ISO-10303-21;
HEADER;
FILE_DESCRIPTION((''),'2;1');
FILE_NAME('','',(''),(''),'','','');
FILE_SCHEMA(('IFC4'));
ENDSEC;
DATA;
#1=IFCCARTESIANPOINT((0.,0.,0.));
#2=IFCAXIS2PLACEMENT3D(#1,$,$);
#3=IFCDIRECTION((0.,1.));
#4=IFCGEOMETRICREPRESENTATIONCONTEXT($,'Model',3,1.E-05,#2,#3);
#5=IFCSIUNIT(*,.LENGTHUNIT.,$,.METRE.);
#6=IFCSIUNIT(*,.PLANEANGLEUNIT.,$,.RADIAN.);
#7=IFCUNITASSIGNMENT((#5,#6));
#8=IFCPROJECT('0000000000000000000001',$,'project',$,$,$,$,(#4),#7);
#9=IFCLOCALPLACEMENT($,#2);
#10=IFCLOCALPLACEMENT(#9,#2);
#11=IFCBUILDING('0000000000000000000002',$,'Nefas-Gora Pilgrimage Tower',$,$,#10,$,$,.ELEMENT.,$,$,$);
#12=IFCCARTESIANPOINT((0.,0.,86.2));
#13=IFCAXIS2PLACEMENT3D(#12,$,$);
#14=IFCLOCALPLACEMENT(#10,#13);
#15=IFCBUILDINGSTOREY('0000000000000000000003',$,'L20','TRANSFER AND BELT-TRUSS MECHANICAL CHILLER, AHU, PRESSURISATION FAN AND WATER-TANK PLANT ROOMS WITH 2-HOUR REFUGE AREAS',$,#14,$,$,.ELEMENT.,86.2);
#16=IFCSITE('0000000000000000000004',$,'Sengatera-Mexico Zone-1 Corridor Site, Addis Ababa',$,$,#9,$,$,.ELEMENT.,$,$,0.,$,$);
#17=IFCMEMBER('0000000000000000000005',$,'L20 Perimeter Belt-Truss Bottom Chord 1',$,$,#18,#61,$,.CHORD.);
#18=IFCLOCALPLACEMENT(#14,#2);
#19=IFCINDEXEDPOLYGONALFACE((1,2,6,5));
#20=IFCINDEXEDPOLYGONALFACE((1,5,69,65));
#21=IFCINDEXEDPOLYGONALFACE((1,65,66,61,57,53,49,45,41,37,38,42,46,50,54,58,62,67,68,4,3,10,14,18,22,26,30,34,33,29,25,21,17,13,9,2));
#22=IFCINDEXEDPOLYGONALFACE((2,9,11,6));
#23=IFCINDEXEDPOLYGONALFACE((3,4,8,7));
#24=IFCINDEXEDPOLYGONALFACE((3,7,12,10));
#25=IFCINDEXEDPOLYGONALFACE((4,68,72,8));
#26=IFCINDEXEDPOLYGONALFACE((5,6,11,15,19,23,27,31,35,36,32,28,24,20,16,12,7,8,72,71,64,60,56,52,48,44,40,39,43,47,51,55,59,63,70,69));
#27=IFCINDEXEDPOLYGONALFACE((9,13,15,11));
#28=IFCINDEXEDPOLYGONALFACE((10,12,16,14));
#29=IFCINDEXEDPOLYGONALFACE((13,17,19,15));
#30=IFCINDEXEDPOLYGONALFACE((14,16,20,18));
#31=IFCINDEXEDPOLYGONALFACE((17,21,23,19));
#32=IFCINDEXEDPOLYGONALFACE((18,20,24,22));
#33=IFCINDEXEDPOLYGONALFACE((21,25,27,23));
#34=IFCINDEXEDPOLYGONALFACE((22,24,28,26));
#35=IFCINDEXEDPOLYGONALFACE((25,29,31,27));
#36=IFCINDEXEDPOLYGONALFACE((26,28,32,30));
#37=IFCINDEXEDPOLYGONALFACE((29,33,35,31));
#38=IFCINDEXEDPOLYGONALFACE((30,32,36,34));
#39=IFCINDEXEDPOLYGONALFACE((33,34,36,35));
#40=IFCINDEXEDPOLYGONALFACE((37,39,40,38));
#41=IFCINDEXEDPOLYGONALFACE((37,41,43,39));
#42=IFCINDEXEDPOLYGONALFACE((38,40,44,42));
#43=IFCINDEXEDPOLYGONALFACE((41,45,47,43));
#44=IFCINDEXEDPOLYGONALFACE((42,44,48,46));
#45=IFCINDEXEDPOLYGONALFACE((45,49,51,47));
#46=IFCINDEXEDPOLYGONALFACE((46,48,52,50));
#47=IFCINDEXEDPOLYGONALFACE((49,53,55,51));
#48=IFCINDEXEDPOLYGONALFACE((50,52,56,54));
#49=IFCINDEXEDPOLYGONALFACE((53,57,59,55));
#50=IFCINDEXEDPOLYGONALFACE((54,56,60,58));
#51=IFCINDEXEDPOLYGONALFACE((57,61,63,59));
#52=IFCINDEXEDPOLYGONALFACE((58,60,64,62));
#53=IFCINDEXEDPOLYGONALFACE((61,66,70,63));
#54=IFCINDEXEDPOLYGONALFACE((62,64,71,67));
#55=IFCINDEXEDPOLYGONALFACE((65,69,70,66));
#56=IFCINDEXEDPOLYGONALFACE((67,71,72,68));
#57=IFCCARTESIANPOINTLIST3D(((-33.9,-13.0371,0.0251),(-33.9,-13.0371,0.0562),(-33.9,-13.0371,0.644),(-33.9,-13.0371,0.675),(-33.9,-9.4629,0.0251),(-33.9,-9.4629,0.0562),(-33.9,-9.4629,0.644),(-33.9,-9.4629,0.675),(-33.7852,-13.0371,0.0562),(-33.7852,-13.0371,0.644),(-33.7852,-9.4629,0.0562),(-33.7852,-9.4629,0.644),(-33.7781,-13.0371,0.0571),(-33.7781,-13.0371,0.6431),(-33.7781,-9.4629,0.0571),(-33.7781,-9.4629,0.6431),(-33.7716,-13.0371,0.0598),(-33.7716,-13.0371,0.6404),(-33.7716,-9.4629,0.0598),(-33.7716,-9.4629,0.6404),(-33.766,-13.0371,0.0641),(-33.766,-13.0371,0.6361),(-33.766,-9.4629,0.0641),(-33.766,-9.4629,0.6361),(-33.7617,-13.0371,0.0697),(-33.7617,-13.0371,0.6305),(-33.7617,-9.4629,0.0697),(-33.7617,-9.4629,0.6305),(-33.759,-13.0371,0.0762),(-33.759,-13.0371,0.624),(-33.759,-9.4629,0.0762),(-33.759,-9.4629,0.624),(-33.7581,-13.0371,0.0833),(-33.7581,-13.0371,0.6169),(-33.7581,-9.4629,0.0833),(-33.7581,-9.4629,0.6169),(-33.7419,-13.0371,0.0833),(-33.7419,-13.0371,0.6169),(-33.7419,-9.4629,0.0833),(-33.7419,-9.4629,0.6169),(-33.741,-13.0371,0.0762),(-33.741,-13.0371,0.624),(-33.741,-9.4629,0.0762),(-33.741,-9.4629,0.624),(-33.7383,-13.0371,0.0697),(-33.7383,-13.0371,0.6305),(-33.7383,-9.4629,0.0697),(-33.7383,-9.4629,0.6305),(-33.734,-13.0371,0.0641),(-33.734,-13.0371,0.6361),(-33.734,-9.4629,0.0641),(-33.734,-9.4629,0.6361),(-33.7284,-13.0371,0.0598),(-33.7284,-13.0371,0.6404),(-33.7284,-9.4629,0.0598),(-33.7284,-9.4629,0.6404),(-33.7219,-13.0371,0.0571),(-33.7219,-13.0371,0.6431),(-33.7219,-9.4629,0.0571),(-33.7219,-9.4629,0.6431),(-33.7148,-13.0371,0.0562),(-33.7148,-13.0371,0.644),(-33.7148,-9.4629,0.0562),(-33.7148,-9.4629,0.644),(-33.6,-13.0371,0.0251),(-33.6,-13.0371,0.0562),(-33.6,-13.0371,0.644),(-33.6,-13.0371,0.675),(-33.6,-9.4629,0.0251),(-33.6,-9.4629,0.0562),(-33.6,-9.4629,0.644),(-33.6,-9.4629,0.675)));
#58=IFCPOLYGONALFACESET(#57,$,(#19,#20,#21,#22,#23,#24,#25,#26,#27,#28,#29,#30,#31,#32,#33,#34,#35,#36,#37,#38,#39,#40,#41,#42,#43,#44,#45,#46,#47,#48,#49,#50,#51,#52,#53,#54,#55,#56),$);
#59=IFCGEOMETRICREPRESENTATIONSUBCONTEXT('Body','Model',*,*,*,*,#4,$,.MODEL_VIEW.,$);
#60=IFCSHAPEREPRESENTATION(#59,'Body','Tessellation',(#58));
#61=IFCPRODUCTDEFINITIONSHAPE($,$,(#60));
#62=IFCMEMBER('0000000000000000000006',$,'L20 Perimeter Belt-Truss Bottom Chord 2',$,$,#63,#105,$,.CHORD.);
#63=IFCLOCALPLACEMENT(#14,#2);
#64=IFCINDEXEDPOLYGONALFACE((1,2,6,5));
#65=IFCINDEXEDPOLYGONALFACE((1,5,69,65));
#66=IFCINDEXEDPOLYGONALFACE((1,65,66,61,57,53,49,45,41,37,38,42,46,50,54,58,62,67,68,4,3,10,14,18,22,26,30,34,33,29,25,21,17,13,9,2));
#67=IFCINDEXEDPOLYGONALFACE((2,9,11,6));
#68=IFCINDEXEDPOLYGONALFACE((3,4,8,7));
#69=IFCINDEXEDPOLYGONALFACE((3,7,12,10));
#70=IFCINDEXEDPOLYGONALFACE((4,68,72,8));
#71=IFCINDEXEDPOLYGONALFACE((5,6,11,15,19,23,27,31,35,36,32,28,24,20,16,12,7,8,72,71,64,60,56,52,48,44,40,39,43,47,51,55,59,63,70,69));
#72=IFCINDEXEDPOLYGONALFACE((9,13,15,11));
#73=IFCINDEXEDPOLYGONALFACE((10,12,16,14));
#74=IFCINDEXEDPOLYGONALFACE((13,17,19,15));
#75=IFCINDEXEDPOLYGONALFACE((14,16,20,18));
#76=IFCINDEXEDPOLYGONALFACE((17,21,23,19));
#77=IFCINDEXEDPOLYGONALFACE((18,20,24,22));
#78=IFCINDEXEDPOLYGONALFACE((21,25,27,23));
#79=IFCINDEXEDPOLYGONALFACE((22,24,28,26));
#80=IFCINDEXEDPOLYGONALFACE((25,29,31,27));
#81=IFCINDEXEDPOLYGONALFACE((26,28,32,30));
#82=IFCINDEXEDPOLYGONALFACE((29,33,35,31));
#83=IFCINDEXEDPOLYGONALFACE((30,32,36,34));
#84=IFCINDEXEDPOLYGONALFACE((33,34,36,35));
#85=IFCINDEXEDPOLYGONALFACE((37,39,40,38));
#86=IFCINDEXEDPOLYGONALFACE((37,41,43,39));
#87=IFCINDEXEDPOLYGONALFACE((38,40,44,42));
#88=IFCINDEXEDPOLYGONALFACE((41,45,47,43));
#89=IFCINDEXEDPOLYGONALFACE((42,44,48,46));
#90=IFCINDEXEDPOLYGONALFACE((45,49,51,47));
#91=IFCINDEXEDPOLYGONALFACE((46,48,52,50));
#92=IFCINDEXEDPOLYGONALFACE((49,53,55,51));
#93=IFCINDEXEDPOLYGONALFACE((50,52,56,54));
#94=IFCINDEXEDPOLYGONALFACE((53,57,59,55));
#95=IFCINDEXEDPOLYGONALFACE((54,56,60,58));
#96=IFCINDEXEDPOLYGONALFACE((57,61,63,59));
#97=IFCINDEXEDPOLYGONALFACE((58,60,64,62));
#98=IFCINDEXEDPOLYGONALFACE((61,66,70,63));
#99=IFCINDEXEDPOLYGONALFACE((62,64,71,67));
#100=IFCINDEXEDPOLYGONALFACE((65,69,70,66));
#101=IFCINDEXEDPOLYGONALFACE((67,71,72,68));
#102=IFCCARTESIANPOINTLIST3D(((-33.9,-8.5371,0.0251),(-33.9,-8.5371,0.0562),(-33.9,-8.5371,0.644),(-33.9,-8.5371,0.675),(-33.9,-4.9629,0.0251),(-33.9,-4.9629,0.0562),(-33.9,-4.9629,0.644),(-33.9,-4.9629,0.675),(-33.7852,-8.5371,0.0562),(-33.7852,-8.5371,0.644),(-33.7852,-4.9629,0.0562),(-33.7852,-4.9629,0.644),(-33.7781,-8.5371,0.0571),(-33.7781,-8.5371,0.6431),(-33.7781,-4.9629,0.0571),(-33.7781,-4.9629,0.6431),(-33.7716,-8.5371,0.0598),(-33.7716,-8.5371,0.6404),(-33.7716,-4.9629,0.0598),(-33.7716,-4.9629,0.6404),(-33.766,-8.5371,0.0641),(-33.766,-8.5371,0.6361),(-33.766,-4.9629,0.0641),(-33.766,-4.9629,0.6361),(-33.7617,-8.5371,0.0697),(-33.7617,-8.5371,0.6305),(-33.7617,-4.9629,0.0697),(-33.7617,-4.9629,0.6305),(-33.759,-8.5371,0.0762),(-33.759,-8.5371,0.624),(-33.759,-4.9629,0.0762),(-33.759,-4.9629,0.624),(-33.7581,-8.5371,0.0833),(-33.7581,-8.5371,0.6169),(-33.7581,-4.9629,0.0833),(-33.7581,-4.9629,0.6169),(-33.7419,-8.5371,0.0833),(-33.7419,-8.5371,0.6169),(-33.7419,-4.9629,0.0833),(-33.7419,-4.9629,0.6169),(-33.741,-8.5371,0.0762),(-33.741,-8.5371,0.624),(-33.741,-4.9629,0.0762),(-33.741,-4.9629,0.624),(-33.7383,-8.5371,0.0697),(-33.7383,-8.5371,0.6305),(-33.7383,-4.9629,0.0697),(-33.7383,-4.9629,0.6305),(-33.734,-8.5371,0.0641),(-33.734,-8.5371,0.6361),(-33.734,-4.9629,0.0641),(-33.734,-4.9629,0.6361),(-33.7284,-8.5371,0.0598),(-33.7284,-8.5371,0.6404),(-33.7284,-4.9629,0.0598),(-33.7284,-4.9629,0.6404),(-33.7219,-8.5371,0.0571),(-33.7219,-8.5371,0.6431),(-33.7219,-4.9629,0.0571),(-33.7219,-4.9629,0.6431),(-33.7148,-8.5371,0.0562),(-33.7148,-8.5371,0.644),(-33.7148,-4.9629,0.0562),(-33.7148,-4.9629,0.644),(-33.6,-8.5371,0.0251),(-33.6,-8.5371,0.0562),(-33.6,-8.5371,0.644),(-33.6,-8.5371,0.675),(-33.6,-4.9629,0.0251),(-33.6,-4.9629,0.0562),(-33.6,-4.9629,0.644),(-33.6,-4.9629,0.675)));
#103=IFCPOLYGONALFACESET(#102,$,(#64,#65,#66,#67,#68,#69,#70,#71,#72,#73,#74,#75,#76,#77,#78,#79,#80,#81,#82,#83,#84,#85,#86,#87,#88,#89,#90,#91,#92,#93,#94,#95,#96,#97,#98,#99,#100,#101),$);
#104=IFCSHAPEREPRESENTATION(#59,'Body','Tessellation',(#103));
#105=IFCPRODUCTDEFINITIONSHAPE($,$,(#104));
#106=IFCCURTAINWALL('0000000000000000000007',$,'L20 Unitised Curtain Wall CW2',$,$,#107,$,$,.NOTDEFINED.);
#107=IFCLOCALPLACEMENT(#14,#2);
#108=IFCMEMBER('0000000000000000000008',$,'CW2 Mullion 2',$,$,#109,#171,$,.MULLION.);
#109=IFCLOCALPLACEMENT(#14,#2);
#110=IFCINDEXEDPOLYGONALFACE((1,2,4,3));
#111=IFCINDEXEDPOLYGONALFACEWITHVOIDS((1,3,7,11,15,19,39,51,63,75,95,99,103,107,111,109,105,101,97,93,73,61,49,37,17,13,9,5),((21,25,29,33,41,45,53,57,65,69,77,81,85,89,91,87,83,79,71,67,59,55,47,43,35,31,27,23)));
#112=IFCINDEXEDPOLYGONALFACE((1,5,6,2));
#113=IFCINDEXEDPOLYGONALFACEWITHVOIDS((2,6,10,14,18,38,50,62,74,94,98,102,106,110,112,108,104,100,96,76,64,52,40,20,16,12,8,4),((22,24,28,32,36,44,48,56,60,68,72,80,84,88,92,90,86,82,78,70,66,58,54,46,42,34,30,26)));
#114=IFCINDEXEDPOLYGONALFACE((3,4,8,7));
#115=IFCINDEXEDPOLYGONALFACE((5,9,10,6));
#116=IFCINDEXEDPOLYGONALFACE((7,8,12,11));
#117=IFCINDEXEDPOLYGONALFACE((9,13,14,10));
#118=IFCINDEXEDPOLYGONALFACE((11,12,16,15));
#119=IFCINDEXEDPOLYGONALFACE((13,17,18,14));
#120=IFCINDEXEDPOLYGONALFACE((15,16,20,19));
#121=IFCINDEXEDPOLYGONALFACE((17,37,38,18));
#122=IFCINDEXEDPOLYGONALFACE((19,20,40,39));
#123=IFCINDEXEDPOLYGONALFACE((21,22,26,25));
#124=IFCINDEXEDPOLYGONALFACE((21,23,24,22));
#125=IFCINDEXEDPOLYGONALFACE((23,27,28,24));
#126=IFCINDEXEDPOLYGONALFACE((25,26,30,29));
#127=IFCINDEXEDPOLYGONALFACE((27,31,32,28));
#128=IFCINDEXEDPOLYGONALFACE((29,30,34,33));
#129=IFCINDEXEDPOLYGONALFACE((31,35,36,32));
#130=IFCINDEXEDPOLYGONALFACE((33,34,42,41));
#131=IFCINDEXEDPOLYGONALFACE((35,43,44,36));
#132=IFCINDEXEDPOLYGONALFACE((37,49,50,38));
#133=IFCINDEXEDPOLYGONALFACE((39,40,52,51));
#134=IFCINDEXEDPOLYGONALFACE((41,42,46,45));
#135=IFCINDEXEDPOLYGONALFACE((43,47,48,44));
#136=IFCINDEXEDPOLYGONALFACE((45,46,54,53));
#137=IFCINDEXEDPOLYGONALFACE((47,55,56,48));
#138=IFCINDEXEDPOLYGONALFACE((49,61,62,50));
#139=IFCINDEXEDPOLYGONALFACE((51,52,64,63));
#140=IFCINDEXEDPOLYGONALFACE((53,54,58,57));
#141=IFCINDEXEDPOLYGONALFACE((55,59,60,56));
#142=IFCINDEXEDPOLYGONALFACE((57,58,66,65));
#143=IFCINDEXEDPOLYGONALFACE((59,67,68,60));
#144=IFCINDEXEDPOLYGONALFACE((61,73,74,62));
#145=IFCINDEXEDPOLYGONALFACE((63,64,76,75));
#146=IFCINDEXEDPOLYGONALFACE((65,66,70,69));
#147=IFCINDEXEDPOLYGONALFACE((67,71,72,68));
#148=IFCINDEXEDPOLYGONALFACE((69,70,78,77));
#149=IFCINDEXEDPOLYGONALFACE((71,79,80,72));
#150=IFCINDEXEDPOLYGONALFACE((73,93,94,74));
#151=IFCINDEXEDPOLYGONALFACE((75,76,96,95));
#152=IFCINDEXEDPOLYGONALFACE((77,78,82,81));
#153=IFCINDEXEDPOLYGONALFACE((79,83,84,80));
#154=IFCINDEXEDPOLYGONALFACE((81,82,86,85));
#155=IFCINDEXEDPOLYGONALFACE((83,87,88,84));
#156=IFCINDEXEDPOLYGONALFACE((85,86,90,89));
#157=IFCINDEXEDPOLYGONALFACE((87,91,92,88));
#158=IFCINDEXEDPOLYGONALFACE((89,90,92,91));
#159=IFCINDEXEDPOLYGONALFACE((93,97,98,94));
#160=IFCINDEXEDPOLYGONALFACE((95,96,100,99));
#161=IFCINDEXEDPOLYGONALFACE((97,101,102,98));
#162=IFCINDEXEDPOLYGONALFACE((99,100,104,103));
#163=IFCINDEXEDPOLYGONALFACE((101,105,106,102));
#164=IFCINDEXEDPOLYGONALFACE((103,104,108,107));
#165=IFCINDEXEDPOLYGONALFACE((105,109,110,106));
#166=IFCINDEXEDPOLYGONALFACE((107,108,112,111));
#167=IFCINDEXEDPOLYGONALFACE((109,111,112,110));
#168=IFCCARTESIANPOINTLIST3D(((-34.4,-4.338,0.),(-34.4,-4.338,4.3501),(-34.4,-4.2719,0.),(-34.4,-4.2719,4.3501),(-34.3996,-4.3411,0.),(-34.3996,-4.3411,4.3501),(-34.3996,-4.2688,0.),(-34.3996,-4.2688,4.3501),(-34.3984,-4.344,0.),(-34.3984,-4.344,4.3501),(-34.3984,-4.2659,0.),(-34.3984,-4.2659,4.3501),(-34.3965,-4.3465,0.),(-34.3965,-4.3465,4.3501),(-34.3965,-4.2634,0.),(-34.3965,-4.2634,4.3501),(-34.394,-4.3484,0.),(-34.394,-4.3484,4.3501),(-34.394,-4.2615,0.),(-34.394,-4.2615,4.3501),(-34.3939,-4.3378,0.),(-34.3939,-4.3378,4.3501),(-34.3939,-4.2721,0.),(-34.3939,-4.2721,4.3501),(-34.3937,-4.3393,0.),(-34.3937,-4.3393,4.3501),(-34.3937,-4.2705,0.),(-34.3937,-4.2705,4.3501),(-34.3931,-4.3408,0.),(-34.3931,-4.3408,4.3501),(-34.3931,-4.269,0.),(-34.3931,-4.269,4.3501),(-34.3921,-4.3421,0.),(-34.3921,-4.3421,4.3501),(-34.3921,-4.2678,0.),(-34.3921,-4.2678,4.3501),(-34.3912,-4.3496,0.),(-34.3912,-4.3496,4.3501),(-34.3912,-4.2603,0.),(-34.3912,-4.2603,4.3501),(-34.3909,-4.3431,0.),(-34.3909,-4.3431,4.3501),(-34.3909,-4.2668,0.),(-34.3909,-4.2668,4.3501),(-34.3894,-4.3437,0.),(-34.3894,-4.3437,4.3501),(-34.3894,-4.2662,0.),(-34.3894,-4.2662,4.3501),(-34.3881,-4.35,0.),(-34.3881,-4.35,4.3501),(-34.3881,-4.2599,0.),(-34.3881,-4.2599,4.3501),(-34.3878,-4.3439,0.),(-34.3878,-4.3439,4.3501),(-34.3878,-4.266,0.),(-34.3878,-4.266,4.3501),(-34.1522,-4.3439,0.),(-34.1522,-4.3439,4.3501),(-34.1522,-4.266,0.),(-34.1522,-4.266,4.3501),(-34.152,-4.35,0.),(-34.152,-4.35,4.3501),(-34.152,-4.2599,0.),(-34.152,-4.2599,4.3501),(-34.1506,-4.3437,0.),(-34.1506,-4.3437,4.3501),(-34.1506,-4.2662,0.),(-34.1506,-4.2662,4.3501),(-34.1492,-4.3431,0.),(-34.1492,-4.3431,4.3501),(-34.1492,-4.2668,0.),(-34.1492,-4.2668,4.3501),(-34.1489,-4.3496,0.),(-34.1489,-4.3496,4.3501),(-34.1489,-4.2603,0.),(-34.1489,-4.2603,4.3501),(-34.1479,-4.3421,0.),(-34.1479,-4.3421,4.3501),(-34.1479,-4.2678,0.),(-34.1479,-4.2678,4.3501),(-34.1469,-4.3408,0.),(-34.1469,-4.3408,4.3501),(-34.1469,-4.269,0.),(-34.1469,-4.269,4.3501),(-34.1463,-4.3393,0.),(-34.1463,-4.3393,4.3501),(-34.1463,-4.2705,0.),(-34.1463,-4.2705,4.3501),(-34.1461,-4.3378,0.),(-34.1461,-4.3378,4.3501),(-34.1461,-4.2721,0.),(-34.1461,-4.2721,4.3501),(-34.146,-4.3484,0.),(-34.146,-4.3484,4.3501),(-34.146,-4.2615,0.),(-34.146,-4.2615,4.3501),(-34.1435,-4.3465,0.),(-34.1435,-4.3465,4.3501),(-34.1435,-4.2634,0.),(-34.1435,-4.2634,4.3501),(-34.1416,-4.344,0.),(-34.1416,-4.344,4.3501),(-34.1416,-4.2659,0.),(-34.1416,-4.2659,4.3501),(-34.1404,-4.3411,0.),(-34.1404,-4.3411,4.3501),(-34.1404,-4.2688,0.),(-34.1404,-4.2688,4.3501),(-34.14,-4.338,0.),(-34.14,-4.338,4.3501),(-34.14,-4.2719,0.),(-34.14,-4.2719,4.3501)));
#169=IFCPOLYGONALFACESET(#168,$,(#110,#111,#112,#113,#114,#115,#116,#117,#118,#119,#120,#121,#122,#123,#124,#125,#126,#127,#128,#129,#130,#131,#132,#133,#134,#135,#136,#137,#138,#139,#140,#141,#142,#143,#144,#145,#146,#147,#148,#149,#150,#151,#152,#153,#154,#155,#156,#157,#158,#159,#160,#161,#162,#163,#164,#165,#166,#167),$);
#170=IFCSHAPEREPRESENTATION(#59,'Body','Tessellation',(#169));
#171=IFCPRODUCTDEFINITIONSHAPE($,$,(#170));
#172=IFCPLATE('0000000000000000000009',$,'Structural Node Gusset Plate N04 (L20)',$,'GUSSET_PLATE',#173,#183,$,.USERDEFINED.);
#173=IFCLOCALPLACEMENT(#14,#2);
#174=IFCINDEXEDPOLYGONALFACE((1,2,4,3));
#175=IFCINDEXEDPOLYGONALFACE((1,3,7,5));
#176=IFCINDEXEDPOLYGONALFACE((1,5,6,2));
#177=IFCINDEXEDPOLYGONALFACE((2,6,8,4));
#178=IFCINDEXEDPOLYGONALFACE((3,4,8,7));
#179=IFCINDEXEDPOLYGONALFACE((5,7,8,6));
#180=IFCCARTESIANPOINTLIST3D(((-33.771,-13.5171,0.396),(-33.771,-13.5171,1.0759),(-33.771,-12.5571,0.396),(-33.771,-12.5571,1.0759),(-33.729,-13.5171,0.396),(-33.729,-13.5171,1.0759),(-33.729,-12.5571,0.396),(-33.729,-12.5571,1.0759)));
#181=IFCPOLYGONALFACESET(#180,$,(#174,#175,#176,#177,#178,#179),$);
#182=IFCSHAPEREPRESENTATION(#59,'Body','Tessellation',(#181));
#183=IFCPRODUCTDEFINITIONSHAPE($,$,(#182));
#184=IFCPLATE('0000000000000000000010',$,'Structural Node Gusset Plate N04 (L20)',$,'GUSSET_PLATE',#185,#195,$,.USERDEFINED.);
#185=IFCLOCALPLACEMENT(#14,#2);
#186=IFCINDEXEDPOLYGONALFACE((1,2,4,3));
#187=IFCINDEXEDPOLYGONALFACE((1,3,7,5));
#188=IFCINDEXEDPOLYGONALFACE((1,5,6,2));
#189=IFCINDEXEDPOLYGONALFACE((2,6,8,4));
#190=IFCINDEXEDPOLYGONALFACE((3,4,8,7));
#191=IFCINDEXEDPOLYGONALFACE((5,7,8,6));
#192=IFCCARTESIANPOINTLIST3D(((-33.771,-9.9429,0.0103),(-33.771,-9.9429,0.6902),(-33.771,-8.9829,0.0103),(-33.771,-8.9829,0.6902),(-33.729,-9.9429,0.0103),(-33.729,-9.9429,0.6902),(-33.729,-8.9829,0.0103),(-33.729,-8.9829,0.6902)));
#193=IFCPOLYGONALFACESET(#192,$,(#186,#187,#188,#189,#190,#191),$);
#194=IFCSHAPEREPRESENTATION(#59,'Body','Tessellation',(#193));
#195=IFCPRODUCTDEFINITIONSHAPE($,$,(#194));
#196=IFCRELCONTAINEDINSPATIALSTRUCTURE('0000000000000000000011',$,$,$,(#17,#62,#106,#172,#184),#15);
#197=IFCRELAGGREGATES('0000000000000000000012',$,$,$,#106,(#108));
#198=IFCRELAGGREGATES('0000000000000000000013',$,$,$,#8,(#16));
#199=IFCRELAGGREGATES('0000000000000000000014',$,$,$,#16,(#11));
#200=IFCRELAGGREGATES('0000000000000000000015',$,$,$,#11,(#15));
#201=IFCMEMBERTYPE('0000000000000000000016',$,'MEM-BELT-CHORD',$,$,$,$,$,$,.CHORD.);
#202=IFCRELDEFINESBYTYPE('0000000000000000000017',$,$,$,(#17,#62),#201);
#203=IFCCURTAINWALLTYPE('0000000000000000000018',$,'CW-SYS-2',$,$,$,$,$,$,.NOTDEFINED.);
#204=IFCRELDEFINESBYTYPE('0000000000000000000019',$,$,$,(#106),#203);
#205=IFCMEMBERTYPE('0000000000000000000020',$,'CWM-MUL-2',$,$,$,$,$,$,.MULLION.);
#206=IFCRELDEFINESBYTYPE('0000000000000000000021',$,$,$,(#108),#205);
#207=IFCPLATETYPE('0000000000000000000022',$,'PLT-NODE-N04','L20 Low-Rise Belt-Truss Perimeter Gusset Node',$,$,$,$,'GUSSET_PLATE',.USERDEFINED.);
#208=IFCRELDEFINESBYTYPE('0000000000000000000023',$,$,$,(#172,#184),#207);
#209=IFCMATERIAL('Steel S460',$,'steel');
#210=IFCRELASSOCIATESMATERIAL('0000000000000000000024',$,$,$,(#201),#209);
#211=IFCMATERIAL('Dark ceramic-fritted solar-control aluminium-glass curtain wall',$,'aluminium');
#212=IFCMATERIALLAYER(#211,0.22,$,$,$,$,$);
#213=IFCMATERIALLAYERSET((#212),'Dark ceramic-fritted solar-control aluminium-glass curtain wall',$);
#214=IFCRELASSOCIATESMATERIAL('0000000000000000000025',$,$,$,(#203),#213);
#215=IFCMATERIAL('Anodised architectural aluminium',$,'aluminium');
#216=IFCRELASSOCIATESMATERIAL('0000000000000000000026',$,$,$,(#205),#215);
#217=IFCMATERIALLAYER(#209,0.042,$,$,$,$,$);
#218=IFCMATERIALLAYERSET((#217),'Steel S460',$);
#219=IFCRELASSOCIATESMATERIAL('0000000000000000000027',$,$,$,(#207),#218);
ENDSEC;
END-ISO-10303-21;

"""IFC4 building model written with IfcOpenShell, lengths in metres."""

from ifc_helpers import new_model, si_unit, direction, frame, origin, origin_2d, place, context, subcontext, project, spatial, rectangle, hollow_rectangle, i_section, extrude, source, transform, mapped, material, layer, layer_set, material_profile, profile_set, type_object, element, aggregate, save


model = new_model("IFC4")

# Units and contexts
model_context = context("Model", 3, precision=1e-05, world=origin(), true_north=direction((0.0, 1.0)))
body_context = subcontext(model_context, "Body", "Model", "MODEL_VIEW")
ifc_project = project(units=[si_unit("LENGTHUNIT", "METRE"), si_unit("PLANEANGLEUNIT", "RADIAN")], contexts=[model_context])

# Site, building, storey
site_placement = place(None, origin())
site = spatial("IfcSite", under=ifc_project, at=site_placement, Name="Sengatera-Mexico Zone-1 Corridor Site, Addis Ababa", CompositionType="ELEMENT", RefElevation=0.0)
building_placement = place(site_placement, origin())
building = spatial("IfcBuilding", under=site, at=building_placement, Name="Nefas-Gora Pilgrimage Tower", CompositionType="ELEMENT")
storey_placement = place(building_placement, frame((0.0, 0.0, 86.2)))
storey = spatial("IfcBuildingStorey", under=building, at=storey_placement, Name="L20", Description="TRANSFER AND BELT-TRUSS MECHANICAL CHILLER, AHU, PRESSURISATION FAN AND WATER-TANK PLANT ROOMS WITH 2-HOUR REFUGE AREAS", CompositionType="ELEMENT", Elevation=86.2)

# Shared definitions
ifc_material_1 = material(Name="Steel S460", Category="steel")

# Members
ifc_material_profile_1 = material_profile(ifc_material_1, i_section(OverallWidth=0.3, OverallDepth=0.6499, WebThickness=0.0161, FlangeThickness=0.031, FilletRadius=0.0271, at=origin_2d()), Name="HEB 650")
ifc_profile_set_1 = profile_set([ifc_material_profile_1], Name="Steel S460")
member_type_1 = type_object("IfcMemberType", Name="MEM-BELT-CHORD", PredefinedType="CHORD", material=ifc_profile_set_1)
shared_shape_1 = source(origin(), body_context, "Body", "SweptSolid", [
    extrude(i_section(OverallWidth=0.3, OverallDepth=0.6499, WebThickness=0.0161, FlangeThickness=0.031, FilletRadius=0.0271, at=origin_2d()), origin(), (0.0, 0.0, 1.0), 3.5742),
])
for number, where, z_axis, x_axis, name in (
    (1, (-33.75, -13.0371, 0.3501), (0.0, 1.0, 0.0), (-1.0, 0.0, 0.0), "L20 Perimeter Belt-Truss Bottom Chord 1"),
    (2, (-33.75, -8.5371, 0.3501), (0.0, 1.0, 0.0), (-1.0, 0.0, 0.0), "L20 Perimeter Belt-Truss Bottom Chord 2"),
):
    element("IfcMember", number, at=place(storey_placement, frame(where, z_axis=z_axis, x_axis=x_axis)), inside=storey, type_object=member_type_1, Name=name, PredefinedType="CHORD", context=body_context, shape_type="MappedRepresentation", body=[
        mapped(shared_shape_1, transform((0.0, 0.0, 0.0), x_axis=(1.0, 0.0, 0.0), y_axis=(0.0, 1.0, 0.0), z_axis=(0.0, 0.0, 1.0), scale=1.0)),
    ])

# Curtain wall, member
ifc_material_2 = material(Name="Dark ceramic-fritted solar-control aluminium-glass curtain wall", Category="aluminium")
ifc_layer_1 = layer(ifc_material_2, 0.22)
ifc_layer_set_1 = layer_set([ifc_layer_1], Name="Dark ceramic-fritted solar-control aluminium-glass curtain wall")
curtain_wall_type = type_object("IfcCurtainWallType", Name="CW-SYS-2", PredefinedType="NOTDEFINED", material=ifc_layer_set_1)
curtain_wall_placement = place(storey_placement, origin())
curtain_wall = element("IfcCurtainWall", 3, at=curtain_wall_placement, inside=storey, type_object=curtain_wall_type, Name="L20 Unitised Curtain Wall CW2", PredefinedType="NOTDEFINED")
ifc_material_3 = material(Name="Anodised architectural aluminium", Category="aluminium")
ifc_material_profile_2 = material_profile(ifc_material_3, hollow_rectangle(XDim=0.0901, YDim=0.26, WallThickness=0.0061, InnerFilletRadius=0.0061, OuterFilletRadius=0.012, at=origin_2d()), Name="ALU MULLION 90x260")
ifc_profile_set_2 = profile_set([ifc_material_profile_2], Name="Anodised architectural aluminium")
member_type_2 = type_object("IfcMemberType", Name="CWM-MUL-2", PredefinedType="MULLION", material=ifc_profile_set_2)
shared_shape_2 = source(origin(), body_context, "Body", "SweptSolid", [
    extrude(hollow_rectangle(XDim=0.0901, YDim=0.26, WallThickness=0.0061, InnerFilletRadius=0.0061, OuterFilletRadius=0.012, at=origin_2d()), origin(), (0.0, 0.0, 1.0), 4.3501),
])
member_placement = place(storey_placement, frame((-34.27, -4.3049, 0.0), z_axis=(0.0, 0.0, 1.0), x_axis=(0.0, -1.0, 0.0)))
member = element("IfcMember", 4, at=member_placement, type_object=member_type_2, Name="CW2 Mullion 2", PredefinedType="MULLION", context=body_context, shape_type="MappedRepresentation", body=[
    mapped(shared_shape_2, transform((0.0, 0.0, 0.0), x_axis=(1.0, 0.0, 0.0), y_axis=(0.0, 1.0, 0.0), z_axis=(0.0, 0.0, 1.0), scale=1.0)),
])

# Plates
ifc_layer_2 = layer(ifc_material_1, 0.042)
ifc_layer_set_2 = layer_set([ifc_layer_2], Name="Steel S460")
plate_type_1 = type_object("IfcPlateType", Name="PLT-NODE-N04", Description="L20 Low-Rise Belt-Truss Perimeter Gusset Node", ElementType="GUSSET_PLATE", PredefinedType="USERDEFINED", material=ifc_layer_set_2)
shared_shape_3 = source(origin(), body_context, "Body", "SweptSolid", [
    extrude(rectangle(XDim=0.96, YDim=0.042, at=origin_2d()), origin(), (0.0, 0.0, 1.0), 0.6799),
])
for number, where, z_axis, x_axis, name in (
    (5, (-33.75, -13.0371, 0.396), (0.0, 0.0, 1.0), (0.0, 1.0, 0.0), "Structural Node Gusset Plate N04 (L20)"),
    (6, (-33.75, -9.4629, 0.0103), (0.0, 0.0, 1.0), (0.0, 1.0, 0.0), "Structural Node Gusset Plate N04 (L20)"),
):
    element("IfcPlate", number, at=place(storey_placement, frame(where, z_axis=z_axis, x_axis=x_axis)), inside=storey, type_object=plate_type_1, Name=name, ObjectType="GUSSET_PLATE", PredefinedType="USERDEFINED", context=body_context, shape_type="MappedRepresentation", body=[
        mapped(shared_shape_3, transform((0.0, 0.0, 0.0), x_axis=(1.0, 0.0, 0.0), y_axis=(0.0, 1.0, 0.0), z_axis=(0.0, 0.0, 1.0), scale=1.0)),
    ])

aggregate(curtain_wall, [member])

save(model, "model.ifc")
